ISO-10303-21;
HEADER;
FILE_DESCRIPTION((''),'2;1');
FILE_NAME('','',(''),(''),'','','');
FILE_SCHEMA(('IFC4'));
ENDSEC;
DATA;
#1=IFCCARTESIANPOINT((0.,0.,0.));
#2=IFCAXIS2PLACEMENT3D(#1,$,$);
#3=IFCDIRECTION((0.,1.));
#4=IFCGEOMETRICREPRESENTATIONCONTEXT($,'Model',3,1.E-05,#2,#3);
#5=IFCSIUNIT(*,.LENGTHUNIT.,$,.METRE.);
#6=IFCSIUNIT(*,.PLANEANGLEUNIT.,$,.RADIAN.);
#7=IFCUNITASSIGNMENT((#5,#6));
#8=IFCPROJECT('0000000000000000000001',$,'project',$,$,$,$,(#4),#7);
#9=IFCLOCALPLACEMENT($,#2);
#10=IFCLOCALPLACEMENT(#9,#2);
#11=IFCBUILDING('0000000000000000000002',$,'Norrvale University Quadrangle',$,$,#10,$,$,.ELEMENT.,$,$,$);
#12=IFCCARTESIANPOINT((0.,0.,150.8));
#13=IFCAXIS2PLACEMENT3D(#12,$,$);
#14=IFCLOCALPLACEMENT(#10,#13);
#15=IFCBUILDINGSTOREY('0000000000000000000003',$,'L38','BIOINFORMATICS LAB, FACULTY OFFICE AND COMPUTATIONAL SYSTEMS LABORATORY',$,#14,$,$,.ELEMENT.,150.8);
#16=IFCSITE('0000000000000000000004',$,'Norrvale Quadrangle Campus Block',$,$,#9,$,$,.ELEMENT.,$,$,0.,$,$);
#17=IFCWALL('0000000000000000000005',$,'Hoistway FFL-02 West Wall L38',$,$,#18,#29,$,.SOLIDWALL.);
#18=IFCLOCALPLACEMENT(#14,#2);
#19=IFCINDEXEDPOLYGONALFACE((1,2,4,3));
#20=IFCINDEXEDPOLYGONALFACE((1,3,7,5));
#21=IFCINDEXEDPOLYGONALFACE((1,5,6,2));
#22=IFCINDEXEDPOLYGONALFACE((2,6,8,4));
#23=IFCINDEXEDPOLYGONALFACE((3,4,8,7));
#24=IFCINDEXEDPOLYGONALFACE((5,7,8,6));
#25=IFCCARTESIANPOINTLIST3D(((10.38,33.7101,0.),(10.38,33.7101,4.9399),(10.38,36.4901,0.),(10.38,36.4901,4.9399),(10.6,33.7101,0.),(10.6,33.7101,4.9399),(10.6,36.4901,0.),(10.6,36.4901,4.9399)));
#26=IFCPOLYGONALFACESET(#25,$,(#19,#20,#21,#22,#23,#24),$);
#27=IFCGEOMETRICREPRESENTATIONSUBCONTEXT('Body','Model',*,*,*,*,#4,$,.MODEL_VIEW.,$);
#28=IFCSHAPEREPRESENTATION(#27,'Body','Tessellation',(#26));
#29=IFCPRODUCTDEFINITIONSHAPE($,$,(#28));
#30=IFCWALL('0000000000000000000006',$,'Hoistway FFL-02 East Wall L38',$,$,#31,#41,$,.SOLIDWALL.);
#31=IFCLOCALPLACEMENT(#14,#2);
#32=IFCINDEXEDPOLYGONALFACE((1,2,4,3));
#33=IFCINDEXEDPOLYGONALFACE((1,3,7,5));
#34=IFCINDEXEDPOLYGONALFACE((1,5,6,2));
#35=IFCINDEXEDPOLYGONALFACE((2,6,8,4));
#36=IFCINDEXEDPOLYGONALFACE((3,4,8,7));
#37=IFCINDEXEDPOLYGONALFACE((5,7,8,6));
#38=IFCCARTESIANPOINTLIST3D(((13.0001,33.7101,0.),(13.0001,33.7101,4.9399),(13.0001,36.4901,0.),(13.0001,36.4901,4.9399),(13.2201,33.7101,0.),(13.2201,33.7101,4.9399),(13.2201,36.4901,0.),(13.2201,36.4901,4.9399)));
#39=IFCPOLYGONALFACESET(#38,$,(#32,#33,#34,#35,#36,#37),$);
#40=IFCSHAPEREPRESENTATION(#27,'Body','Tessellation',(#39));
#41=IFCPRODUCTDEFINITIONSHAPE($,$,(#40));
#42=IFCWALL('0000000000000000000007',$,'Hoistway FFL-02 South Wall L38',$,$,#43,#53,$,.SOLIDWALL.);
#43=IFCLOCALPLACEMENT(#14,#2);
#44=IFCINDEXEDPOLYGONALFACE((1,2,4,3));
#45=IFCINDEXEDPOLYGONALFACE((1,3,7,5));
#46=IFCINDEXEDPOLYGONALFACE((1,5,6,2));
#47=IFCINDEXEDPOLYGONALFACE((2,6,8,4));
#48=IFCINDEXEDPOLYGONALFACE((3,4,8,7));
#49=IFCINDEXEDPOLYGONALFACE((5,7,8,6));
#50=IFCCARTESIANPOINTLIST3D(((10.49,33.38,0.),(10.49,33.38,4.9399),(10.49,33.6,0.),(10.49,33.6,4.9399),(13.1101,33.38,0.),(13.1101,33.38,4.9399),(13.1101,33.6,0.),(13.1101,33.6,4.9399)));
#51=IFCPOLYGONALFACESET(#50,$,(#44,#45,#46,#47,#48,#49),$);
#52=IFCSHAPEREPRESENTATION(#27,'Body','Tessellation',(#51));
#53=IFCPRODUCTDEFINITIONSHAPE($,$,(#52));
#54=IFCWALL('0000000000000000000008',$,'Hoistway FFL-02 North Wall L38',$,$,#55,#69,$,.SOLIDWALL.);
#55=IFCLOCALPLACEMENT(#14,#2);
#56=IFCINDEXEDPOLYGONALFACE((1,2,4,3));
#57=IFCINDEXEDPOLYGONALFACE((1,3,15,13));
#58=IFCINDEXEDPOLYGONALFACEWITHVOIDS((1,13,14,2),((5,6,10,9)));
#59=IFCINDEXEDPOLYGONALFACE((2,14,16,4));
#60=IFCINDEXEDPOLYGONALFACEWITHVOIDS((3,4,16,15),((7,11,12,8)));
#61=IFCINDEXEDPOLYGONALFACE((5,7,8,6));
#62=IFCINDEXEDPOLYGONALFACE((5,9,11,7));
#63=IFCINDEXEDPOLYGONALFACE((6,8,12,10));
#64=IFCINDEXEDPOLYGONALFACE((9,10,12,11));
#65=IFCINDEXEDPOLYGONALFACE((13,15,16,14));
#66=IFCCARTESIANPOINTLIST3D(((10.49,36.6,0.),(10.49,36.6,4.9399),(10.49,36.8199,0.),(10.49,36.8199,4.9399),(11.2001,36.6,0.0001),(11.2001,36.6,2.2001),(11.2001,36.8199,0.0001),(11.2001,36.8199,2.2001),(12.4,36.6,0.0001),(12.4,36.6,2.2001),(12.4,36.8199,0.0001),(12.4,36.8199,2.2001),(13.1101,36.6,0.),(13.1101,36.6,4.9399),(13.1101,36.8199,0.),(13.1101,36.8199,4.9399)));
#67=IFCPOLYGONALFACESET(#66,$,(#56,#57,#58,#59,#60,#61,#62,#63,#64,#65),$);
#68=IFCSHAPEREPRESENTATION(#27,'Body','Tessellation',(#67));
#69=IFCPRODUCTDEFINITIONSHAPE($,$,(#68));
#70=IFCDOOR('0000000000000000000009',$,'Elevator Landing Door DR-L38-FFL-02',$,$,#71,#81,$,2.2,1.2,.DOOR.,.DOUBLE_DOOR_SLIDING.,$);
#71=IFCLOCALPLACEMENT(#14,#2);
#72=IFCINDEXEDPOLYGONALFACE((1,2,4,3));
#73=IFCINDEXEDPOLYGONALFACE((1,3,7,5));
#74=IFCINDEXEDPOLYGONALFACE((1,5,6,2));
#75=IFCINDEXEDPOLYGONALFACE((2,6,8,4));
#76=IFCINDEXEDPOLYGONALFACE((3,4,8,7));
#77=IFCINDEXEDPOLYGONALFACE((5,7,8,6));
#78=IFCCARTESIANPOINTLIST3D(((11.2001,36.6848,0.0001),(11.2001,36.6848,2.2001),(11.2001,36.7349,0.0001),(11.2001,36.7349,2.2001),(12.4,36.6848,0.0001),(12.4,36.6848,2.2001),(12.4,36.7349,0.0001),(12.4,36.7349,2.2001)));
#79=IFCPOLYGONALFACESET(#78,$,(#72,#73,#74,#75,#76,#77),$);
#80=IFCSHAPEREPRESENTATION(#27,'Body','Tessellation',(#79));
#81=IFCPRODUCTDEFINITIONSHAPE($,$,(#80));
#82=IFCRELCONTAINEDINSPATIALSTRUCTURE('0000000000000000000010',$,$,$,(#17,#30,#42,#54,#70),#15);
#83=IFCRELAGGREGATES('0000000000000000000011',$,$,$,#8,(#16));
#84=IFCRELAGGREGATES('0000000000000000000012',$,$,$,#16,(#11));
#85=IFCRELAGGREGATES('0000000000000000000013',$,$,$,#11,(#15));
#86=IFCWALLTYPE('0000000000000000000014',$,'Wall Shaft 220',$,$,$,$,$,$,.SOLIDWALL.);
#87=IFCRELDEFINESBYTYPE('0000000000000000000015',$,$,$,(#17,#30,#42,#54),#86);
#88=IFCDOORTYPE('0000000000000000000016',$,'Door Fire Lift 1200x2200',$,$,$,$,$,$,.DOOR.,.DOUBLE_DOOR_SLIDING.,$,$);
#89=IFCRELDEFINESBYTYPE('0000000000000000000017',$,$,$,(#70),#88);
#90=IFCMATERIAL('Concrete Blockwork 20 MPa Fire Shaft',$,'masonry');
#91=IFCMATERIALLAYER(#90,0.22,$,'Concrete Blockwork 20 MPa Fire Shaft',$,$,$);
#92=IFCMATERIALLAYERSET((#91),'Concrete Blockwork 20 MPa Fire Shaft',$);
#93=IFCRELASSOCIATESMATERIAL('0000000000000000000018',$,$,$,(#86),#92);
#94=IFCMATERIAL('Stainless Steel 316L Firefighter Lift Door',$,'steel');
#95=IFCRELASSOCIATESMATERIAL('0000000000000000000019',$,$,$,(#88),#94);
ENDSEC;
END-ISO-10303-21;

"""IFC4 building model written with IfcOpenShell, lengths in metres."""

from ifc_helpers import new_model, si_unit, direction, frame, frame_2d, origin, place, context, subcontext, project, spatial, rectangle, extrude, material, layer, layer_set, type_object, element, fill, save


model = new_model("IFC4")

# Units and contexts
model_context = context("Model", 3, precision=1e-05, world=origin(), true_north=direction((0.0, 1.0)))
body_context = subcontext(model_context, "Body", "Model", "MODEL_VIEW")
ifc_project = project(units=[si_unit("LENGTHUNIT", "METRE"), si_unit("PLANEANGLEUNIT", "RADIAN")], contexts=[model_context])

# Site, building, storey
site_placement = place(None, origin())
site = spatial("IfcSite", under=ifc_project, at=site_placement, Name="Norrvale Quadrangle Campus Block", CompositionType="ELEMENT", RefElevation=0.0)
building_placement = place(site_placement, origin())
building = spatial("IfcBuilding", under=site, at=building_placement, Name="Norrvale University Quadrangle", CompositionType="ELEMENT")
storey_placement = place(building_placement, frame((0.0, 0.0, 150.8)))
storey = spatial("IfcBuildingStorey", under=building, at=storey_placement, Name="L38", Description="BIOINFORMATICS LAB, FACULTY OFFICE AND COMPUTATIONAL SYSTEMS LABORATORY", CompositionType="ELEMENT", Elevation=150.8)

# Shared definitions
ifc_material_1 = material(Name="Concrete Blockwork 20 MPa Fire Shaft", Category="masonry")
ifc_layer_1 = layer(ifc_material_1, 0.22, Name="Concrete Blockwork 20 MPa Fire Shaft")
ifc_layer_set_1 = layer_set([ifc_layer_1], Name="Concrete Blockwork 20 MPa Fire Shaft")
wall_type_1 = type_object("IfcWallType", Name="Wall Shaft 220", PredefinedType="SOLIDWALL", material=ifc_layer_set_1)

# Shared definitions
ifc_material_2 = material(Name="Stainless Steel 316L Firefighter Lift Door", Category="steel")
door_type_1 = type_object("IfcDoorType", Name="Door Fire Lift 1200x2200", OperationType="DOUBLE_DOOR_SLIDING", PredefinedType="DOOR", material=ifc_material_2)

# Walls
for number, where, z_axis, x_axis, name in (
    (1, (10.49, 33.71, 0.0), (0.0, 0.0, 1.0), (0.0, 1.0, 0.0), "Hoistway FFL-02 West Wall L38"),
    (2, (13.1101, 33.71, 0.0), (0.0, 0.0, 1.0), (0.0, 1.0, 0.0), "Hoistway FFL-02 East Wall L38"),
):
    element("IfcWall", number, at=place(storey_placement, frame(where, z_axis=z_axis, x_axis=x_axis)), inside=storey, type_object=wall_type_1, Name=name, PredefinedType="SOLIDWALL", context=body_context, shape_type="SweptSolid", body=[
        extrude(rectangle(XDim=2.78, YDim=0.22, at=frame_2d((1.3901, 0.0))), origin(), (0.0, 0.0, 1.0), 4.9399),
    ])
wall_1_placement = place(storey_placement, frame((10.49, 33.49, 0.0), z_axis=(0.0, 0.0, 1.0), x_axis=(1.0, 0.0, 0.0)))
element("IfcWall", 3, at=wall_1_placement, inside=storey, type_object=wall_type_1, Name="Hoistway FFL-02 South Wall L38", PredefinedType="SOLIDWALL", context=body_context, shape_type="SweptSolid", body=[
    extrude(rectangle(XDim=2.6201, YDim=0.22, at=frame_2d((1.3101, 0.0))), origin(), (0.0, 0.0, 1.0), 4.9399),
])

# Wall, opening, door
wall_2_placement = place(storey_placement, frame((10.49, 36.71, 0.0), z_axis=(0.0, 0.0, 1.0), x_axis=(1.0, 0.0, 0.0)))
wall_2 = element("IfcWall", 4, at=wall_2_placement, inside=storey, type_object=wall_type_1, Name="Hoistway FFL-02 North Wall L38", PredefinedType="SOLIDWALL", context=body_context, shape_type="SweptSolid", body=[
    extrude(rectangle(XDim=2.6201, YDim=0.22, at=frame_2d((1.3101, 0.0))), origin(), (0.0, 0.0, 1.0), 4.9399),
])
opening_1_placement = place(wall_2_placement, frame((0.71, 0.0, 0.0)))
opening_1 = element("IfcOpeningElement", 5, at=opening_1_placement, cuts=wall_2, PredefinedType="OPENING", context=body_context, shape_type="SweptSolid", body=[
    extrude(rectangle(XDim=1.2, YDim=2.2, at=frame_2d((0.6001, 1.1001))), frame((0.0, 0.1221, 0.0), z_axis=(0.0, -1.0, 0.0), x_axis=(1.0, 0.0, 0.0)), (0.0, 0.0, 1.0), 0.2439),
])
door_1_placement = place(opening_1_placement, origin())
door_1 = element("IfcDoor", 6, at=door_1_placement, inside=storey, type_object=door_type_1, Name="Elevator Landing Door DR-L38-FFL-02", OperationType="DOUBLE_DOOR_SLIDING", OverallHeight=2.2, OverallWidth=1.2, PredefinedType="DOOR", context=body_context, shape_type="SweptSolid", body=[
    extrude(rectangle(XDim=1.2, YDim=2.2, at=frame_2d((0.6001, 1.1001))), frame((0.0, 0.0249, 0.0), z_axis=(0.0, -1.0, 0.0), x_axis=(1.0, 0.0, 0.0)), (0.0, 0.0, 1.0), 0.05),
])
fill(opening_1, door_1)

save(model, "model.ifc")
